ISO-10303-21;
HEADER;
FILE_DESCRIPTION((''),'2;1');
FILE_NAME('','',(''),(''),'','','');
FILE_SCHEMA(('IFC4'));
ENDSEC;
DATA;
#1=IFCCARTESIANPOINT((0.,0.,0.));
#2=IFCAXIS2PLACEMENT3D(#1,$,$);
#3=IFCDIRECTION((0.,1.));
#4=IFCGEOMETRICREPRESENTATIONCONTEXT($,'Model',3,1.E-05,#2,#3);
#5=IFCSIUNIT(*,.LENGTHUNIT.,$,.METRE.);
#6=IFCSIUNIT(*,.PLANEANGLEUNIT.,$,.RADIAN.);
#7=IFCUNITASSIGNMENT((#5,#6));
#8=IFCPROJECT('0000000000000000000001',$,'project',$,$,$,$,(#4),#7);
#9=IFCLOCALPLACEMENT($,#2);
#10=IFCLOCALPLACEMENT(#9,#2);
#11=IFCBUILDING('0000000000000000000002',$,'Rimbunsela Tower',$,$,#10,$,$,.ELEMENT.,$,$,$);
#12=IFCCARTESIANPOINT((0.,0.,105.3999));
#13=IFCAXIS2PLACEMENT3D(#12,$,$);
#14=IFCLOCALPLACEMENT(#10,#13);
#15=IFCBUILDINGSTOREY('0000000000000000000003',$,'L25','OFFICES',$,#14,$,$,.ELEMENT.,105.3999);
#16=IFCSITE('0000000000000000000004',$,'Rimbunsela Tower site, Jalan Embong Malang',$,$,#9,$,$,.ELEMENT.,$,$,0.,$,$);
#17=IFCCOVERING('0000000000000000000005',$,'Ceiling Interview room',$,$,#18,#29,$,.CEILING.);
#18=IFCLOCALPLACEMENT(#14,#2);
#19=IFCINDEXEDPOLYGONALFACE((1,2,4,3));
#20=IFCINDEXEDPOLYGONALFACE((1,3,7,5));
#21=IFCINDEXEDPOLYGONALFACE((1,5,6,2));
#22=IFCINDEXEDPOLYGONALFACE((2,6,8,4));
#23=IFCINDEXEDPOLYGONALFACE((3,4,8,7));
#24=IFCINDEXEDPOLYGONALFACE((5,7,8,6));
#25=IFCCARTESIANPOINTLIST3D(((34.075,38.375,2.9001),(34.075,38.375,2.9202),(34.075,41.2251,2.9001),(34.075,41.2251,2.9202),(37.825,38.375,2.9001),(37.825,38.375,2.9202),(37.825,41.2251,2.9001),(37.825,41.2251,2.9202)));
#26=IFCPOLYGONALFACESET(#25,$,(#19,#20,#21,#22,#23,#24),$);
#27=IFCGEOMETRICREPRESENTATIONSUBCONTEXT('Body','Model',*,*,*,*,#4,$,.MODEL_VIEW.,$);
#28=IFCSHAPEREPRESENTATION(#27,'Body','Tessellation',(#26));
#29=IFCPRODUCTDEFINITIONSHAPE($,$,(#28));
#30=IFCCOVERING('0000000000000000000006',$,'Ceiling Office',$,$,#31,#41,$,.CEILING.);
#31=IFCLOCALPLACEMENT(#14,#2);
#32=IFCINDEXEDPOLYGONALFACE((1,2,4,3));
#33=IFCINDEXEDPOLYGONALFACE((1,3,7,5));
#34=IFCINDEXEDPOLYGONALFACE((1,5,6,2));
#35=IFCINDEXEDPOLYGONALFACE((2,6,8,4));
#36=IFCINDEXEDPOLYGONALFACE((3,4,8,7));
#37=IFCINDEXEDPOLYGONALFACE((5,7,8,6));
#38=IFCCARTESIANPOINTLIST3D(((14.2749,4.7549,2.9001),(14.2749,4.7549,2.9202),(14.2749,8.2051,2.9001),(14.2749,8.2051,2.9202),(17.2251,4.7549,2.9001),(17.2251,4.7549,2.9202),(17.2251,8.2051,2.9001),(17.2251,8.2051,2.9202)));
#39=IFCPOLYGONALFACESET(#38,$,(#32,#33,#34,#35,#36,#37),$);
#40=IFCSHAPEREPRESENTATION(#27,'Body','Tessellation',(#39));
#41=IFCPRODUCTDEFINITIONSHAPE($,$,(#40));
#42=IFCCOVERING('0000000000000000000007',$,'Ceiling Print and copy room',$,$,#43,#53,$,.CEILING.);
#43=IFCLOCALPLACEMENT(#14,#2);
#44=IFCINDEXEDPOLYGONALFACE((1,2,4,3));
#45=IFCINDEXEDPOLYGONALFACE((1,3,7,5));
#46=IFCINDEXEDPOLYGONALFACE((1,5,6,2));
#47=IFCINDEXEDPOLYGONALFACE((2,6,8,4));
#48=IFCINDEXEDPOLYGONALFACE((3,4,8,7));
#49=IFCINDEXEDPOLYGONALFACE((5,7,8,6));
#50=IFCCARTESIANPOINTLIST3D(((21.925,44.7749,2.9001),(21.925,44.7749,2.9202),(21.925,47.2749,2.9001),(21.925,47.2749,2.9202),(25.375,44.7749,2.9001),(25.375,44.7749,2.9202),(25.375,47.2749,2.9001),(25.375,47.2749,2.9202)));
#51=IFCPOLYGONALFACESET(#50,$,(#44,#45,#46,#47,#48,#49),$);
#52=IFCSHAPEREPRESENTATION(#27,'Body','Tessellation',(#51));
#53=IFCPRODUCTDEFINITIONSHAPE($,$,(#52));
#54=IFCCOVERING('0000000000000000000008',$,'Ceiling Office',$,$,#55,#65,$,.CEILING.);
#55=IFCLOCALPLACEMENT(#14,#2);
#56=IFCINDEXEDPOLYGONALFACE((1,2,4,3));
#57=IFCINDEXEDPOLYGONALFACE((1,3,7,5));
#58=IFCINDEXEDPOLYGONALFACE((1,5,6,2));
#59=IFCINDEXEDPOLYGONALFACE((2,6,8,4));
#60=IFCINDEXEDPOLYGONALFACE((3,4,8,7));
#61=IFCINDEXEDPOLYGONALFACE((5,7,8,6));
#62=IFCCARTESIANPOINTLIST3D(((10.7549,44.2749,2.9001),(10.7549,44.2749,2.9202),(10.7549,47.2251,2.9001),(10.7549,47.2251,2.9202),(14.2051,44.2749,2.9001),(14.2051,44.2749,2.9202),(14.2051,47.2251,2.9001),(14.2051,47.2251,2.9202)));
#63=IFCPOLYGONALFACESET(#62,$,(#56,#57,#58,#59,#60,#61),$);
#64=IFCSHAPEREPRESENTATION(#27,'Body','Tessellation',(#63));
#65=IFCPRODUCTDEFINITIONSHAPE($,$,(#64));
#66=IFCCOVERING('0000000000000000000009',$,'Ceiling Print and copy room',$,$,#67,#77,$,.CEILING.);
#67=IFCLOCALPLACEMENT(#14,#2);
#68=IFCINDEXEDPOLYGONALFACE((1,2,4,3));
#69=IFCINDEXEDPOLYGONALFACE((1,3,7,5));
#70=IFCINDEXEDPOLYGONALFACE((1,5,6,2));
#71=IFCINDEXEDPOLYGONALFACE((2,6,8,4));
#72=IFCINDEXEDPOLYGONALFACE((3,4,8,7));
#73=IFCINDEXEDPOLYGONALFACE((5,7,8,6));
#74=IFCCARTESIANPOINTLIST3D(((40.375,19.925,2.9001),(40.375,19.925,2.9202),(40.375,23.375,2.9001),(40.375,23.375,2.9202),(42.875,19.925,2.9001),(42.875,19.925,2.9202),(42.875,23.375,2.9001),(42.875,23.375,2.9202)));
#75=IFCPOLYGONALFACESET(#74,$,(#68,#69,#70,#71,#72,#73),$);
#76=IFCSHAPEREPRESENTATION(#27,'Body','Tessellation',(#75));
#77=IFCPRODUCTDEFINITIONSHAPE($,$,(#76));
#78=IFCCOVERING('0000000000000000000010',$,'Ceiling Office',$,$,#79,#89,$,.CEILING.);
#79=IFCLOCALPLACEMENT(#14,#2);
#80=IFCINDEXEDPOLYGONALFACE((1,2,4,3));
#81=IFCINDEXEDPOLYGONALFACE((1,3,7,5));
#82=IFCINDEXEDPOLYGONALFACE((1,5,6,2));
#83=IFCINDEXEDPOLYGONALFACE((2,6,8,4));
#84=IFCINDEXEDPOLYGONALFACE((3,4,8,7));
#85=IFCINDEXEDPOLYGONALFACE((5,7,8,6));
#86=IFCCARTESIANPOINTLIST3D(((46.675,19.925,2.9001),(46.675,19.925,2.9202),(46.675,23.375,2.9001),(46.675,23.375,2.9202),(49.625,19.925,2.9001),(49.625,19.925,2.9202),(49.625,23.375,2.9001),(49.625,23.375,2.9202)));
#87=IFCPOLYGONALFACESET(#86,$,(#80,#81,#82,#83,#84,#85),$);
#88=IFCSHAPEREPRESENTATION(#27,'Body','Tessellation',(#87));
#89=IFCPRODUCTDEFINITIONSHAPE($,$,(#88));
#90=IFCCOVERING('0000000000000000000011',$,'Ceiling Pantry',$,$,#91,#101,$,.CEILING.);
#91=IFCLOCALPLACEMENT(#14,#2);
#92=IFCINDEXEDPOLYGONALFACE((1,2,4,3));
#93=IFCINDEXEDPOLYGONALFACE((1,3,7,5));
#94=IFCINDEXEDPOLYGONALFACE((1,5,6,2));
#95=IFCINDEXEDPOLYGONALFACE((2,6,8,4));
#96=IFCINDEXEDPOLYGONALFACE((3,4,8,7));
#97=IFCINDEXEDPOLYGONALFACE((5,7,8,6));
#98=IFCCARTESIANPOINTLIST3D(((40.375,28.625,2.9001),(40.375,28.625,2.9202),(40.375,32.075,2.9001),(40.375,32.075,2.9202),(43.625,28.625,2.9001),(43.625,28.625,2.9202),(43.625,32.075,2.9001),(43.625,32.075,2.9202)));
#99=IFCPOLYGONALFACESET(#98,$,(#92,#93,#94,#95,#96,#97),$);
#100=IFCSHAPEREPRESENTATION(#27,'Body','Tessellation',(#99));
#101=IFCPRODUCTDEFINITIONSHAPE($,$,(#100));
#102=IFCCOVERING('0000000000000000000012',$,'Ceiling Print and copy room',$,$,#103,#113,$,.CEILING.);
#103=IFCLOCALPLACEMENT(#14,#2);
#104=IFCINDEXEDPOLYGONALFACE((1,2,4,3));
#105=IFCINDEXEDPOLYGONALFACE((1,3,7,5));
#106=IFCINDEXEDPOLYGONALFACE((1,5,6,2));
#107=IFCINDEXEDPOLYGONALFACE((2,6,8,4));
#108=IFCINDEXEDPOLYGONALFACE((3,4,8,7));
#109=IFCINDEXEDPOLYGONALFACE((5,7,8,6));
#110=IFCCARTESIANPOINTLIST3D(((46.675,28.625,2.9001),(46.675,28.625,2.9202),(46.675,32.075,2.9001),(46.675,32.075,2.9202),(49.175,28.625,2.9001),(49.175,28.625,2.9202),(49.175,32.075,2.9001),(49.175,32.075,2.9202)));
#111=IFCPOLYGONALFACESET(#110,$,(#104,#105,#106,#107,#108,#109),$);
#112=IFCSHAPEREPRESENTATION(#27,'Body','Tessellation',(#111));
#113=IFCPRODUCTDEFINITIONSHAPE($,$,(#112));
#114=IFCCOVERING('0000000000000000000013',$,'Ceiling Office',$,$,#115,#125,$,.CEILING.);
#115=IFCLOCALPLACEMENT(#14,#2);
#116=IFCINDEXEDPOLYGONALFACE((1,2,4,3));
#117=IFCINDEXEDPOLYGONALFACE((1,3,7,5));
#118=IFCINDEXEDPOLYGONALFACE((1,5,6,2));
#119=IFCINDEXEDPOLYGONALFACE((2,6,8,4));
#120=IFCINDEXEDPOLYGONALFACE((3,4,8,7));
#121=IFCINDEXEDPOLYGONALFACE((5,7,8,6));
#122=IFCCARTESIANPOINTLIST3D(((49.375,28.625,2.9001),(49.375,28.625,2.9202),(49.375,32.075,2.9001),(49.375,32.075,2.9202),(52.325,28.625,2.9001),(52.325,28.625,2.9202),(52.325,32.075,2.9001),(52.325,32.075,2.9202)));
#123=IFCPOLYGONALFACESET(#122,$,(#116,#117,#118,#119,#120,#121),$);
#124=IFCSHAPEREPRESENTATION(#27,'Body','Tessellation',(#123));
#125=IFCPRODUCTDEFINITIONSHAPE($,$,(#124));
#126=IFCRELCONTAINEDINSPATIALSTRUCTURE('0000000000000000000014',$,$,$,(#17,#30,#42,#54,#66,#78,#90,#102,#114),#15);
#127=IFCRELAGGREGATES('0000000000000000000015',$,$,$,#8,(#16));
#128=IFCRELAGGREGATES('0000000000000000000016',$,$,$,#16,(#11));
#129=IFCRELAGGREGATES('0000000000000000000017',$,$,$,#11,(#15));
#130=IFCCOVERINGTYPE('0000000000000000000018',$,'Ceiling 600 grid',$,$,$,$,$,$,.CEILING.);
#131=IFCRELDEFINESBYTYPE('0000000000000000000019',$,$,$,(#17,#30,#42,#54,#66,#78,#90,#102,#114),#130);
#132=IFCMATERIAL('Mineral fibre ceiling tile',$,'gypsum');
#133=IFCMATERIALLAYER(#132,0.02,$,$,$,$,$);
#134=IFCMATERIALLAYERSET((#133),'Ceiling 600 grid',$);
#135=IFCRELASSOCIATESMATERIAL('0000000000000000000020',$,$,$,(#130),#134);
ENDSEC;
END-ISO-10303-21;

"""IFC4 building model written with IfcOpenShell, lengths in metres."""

from ifc_helpers import new_model, si_unit, direction, frame, origin, place, context, subcontext, project, spatial, polyline, outline, extrude, material, layer, layer_set, type_object, element, save


model = new_model("IFC4")

# Units and contexts
model_context = context("Model", 3, precision=1e-05, world=origin(), true_north=direction((0.0, 1.0)))
body_context = subcontext(model_context, "Body", "Model", "MODEL_VIEW")
ifc_project = project(units=[si_unit("LENGTHUNIT", "METRE"), si_unit("PLANEANGLEUNIT", "RADIAN")], contexts=[model_context])

# Site, building, storey
site_placement = place(None, origin())
site = spatial("IfcSite", under=ifc_project, at=site_placement, Name="Rimbunsela Tower site, Jalan Embong Malang", CompositionType="ELEMENT", RefElevation=0.0)
building_placement = place(site_placement, origin())
building = spatial("IfcBuilding", under=site, at=building_placement, Name="Rimbunsela Tower", CompositionType="ELEMENT")
storey_placement = place(building_placement, frame((0.0, 0.0, 105.3999)))
storey = spatial("IfcBuildingStorey", under=building, at=storey_placement, Name="L25", Description="OFFICES", CompositionType="ELEMENT", Elevation=105.3999)

# Coverings
ifc_material_1 = material(Name="Mineral fibre ceiling tile", Category="gypsum")
ifc_layer_1 = layer(ifc_material_1, 0.02)
ifc_layer_set_1 = layer_set([ifc_layer_1], Name="Ceiling 600 grid")
covering_type_1 = type_object("IfcCoveringType", Name="Ceiling 600 grid", PredefinedType="CEILING", material=ifc_layer_set_1)
covering_1_placement = place(storey_placement, frame((0.0, 0.0, 2.9001)))
element("IfcCovering", 1, at=covering_1_placement, inside=storey, type_object=covering_type_1, Name="Ceiling Interview room", PredefinedType="CEILING", context=body_context, shape_type="SweptSolid", body=[
    extrude(outline(polyline([(37.825, 38.375), (37.825, 41.2251), (34.075, 41.2251), (34.075, 38.375), (37.825, 38.375)])), origin(), (0.0, 0.0, 1.0), 0.02),
])
covering_2_placement = place(storey_placement, frame((0.0, 0.0, 2.9001)))
element("IfcCovering", 2, at=covering_2_placement, inside=storey, type_object=covering_type_1, Name="Ceiling Office", PredefinedType="CEILING", context=body_context, shape_type="SweptSolid", body=[
    extrude(outline(polyline([(17.2251, 4.7549), (17.2251, 8.2051), (14.2749, 8.2051), (14.2749, 4.7549), (17.2251, 4.7549)])), origin(), (0.0, 0.0, 1.0), 0.02),
])
covering_3_placement = place(storey_placement, frame((0.0, 0.0, 2.9001)))
element("IfcCovering", 3, at=covering_3_placement, inside=storey, type_object=covering_type_1, Name="Ceiling Print and copy room", PredefinedType="CEILING", context=body_context, shape_type="SweptSolid", body=[
    extrude(outline(polyline([(25.375, 44.7749), (25.375, 47.2749), (21.925, 47.2749), (21.925, 44.7749), (25.375, 44.7749)])), origin(), (0.0, 0.0, 1.0), 0.02),
])
covering_4_placement = place(storey_placement, frame((0.0, 0.0, 2.9001)))
element("IfcCovering", 4, at=covering_4_placement, inside=storey, type_object=covering_type_1, Name="Ceiling Office", PredefinedType="CEILING", context=body_context, shape_type="SweptSolid", body=[
    extrude(outline(polyline([(14.2051, 44.2749), (14.2051, 47.2251), (10.7549, 47.2251), (10.7549, 44.2749), (14.2051, 44.2749)])), origin(), (0.0, 0.0, 1.0), 0.02),
])
covering_5_placement = place(storey_placement, frame((0.0, 0.0, 2.9001)))
element("IfcCovering", 5, at=covering_5_placement, inside=storey, type_object=covering_type_1, Name="Ceiling Print and copy room", PredefinedType="CEILING", context=body_context, shape_type="SweptSolid", body=[
    extrude(outline(polyline([(42.875, 19.925), (42.875, 23.375), (40.375, 23.375), (40.375, 19.925), (42.875, 19.925)])), origin(), (0.0, 0.0, 1.0), 0.02),
])
covering_6_placement = place(storey_placement, frame((0.0, 0.0, 2.9001)))
element("IfcCovering", 6, at=covering_6_placement, inside=storey, type_object=covering_type_1, Name="Ceiling Office", PredefinedType="CEILING", context=body_context, shape_type="SweptSolid", body=[
    extrude(outline(polyline([(49.625, 19.925), (49.625, 23.375), (46.675, 23.375), (46.675, 19.925), (49.625, 19.925)])), origin(), (0.0, 0.0, 1.0), 0.02),
])
covering_7_placement = place(storey_placement, frame((0.0, 0.0, 2.9001)))
element("IfcCovering", 7, at=covering_7_placement, inside=storey, type_object=covering_type_1, Name="Ceiling Pantry", PredefinedType="CEILING", context=body_context, shape_type="SweptSolid", body=[
    extrude(outline(polyline([(43.625, 28.625), (43.625, 32.075), (40.375, 32.075), (40.375, 28.625), (43.625, 28.625)])), origin(), (0.0, 0.0, 1.0), 0.02),
])
covering_8_placement = place(storey_placement, frame((0.0, 0.0, 2.9001)))
element("IfcCovering", 8, at=covering_8_placement, inside=storey, type_object=covering_type_1, Name="Ceiling Print and copy room", PredefinedType="CEILING", context=body_context, shape_type="SweptSolid", body=[
    extrude(outline(polyline([(49.175, 28.625), (49.175, 32.075), (46.675, 32.075), (46.675, 28.625), (49.175, 28.625)])), origin(), (0.0, 0.0, 1.0), 0.02),
])
covering_9_placement = place(storey_placement, frame((0.0, 0.0, 2.9001)))
element("IfcCovering", 9, at=covering_9_placement, inside=storey, type_object=covering_type_1, Name="Ceiling Office", PredefinedType="CEILING", context=body_context, shape_type="SweptSolid", body=[
    extrude(outline(polyline([(52.325, 28.625), (52.325, 32.075), (49.375, 32.075), (49.375, 28.625), (52.325, 28.625)])), origin(), (0.0, 0.0, 1.0), 0.02),
])

save(model, "model.ifc")
